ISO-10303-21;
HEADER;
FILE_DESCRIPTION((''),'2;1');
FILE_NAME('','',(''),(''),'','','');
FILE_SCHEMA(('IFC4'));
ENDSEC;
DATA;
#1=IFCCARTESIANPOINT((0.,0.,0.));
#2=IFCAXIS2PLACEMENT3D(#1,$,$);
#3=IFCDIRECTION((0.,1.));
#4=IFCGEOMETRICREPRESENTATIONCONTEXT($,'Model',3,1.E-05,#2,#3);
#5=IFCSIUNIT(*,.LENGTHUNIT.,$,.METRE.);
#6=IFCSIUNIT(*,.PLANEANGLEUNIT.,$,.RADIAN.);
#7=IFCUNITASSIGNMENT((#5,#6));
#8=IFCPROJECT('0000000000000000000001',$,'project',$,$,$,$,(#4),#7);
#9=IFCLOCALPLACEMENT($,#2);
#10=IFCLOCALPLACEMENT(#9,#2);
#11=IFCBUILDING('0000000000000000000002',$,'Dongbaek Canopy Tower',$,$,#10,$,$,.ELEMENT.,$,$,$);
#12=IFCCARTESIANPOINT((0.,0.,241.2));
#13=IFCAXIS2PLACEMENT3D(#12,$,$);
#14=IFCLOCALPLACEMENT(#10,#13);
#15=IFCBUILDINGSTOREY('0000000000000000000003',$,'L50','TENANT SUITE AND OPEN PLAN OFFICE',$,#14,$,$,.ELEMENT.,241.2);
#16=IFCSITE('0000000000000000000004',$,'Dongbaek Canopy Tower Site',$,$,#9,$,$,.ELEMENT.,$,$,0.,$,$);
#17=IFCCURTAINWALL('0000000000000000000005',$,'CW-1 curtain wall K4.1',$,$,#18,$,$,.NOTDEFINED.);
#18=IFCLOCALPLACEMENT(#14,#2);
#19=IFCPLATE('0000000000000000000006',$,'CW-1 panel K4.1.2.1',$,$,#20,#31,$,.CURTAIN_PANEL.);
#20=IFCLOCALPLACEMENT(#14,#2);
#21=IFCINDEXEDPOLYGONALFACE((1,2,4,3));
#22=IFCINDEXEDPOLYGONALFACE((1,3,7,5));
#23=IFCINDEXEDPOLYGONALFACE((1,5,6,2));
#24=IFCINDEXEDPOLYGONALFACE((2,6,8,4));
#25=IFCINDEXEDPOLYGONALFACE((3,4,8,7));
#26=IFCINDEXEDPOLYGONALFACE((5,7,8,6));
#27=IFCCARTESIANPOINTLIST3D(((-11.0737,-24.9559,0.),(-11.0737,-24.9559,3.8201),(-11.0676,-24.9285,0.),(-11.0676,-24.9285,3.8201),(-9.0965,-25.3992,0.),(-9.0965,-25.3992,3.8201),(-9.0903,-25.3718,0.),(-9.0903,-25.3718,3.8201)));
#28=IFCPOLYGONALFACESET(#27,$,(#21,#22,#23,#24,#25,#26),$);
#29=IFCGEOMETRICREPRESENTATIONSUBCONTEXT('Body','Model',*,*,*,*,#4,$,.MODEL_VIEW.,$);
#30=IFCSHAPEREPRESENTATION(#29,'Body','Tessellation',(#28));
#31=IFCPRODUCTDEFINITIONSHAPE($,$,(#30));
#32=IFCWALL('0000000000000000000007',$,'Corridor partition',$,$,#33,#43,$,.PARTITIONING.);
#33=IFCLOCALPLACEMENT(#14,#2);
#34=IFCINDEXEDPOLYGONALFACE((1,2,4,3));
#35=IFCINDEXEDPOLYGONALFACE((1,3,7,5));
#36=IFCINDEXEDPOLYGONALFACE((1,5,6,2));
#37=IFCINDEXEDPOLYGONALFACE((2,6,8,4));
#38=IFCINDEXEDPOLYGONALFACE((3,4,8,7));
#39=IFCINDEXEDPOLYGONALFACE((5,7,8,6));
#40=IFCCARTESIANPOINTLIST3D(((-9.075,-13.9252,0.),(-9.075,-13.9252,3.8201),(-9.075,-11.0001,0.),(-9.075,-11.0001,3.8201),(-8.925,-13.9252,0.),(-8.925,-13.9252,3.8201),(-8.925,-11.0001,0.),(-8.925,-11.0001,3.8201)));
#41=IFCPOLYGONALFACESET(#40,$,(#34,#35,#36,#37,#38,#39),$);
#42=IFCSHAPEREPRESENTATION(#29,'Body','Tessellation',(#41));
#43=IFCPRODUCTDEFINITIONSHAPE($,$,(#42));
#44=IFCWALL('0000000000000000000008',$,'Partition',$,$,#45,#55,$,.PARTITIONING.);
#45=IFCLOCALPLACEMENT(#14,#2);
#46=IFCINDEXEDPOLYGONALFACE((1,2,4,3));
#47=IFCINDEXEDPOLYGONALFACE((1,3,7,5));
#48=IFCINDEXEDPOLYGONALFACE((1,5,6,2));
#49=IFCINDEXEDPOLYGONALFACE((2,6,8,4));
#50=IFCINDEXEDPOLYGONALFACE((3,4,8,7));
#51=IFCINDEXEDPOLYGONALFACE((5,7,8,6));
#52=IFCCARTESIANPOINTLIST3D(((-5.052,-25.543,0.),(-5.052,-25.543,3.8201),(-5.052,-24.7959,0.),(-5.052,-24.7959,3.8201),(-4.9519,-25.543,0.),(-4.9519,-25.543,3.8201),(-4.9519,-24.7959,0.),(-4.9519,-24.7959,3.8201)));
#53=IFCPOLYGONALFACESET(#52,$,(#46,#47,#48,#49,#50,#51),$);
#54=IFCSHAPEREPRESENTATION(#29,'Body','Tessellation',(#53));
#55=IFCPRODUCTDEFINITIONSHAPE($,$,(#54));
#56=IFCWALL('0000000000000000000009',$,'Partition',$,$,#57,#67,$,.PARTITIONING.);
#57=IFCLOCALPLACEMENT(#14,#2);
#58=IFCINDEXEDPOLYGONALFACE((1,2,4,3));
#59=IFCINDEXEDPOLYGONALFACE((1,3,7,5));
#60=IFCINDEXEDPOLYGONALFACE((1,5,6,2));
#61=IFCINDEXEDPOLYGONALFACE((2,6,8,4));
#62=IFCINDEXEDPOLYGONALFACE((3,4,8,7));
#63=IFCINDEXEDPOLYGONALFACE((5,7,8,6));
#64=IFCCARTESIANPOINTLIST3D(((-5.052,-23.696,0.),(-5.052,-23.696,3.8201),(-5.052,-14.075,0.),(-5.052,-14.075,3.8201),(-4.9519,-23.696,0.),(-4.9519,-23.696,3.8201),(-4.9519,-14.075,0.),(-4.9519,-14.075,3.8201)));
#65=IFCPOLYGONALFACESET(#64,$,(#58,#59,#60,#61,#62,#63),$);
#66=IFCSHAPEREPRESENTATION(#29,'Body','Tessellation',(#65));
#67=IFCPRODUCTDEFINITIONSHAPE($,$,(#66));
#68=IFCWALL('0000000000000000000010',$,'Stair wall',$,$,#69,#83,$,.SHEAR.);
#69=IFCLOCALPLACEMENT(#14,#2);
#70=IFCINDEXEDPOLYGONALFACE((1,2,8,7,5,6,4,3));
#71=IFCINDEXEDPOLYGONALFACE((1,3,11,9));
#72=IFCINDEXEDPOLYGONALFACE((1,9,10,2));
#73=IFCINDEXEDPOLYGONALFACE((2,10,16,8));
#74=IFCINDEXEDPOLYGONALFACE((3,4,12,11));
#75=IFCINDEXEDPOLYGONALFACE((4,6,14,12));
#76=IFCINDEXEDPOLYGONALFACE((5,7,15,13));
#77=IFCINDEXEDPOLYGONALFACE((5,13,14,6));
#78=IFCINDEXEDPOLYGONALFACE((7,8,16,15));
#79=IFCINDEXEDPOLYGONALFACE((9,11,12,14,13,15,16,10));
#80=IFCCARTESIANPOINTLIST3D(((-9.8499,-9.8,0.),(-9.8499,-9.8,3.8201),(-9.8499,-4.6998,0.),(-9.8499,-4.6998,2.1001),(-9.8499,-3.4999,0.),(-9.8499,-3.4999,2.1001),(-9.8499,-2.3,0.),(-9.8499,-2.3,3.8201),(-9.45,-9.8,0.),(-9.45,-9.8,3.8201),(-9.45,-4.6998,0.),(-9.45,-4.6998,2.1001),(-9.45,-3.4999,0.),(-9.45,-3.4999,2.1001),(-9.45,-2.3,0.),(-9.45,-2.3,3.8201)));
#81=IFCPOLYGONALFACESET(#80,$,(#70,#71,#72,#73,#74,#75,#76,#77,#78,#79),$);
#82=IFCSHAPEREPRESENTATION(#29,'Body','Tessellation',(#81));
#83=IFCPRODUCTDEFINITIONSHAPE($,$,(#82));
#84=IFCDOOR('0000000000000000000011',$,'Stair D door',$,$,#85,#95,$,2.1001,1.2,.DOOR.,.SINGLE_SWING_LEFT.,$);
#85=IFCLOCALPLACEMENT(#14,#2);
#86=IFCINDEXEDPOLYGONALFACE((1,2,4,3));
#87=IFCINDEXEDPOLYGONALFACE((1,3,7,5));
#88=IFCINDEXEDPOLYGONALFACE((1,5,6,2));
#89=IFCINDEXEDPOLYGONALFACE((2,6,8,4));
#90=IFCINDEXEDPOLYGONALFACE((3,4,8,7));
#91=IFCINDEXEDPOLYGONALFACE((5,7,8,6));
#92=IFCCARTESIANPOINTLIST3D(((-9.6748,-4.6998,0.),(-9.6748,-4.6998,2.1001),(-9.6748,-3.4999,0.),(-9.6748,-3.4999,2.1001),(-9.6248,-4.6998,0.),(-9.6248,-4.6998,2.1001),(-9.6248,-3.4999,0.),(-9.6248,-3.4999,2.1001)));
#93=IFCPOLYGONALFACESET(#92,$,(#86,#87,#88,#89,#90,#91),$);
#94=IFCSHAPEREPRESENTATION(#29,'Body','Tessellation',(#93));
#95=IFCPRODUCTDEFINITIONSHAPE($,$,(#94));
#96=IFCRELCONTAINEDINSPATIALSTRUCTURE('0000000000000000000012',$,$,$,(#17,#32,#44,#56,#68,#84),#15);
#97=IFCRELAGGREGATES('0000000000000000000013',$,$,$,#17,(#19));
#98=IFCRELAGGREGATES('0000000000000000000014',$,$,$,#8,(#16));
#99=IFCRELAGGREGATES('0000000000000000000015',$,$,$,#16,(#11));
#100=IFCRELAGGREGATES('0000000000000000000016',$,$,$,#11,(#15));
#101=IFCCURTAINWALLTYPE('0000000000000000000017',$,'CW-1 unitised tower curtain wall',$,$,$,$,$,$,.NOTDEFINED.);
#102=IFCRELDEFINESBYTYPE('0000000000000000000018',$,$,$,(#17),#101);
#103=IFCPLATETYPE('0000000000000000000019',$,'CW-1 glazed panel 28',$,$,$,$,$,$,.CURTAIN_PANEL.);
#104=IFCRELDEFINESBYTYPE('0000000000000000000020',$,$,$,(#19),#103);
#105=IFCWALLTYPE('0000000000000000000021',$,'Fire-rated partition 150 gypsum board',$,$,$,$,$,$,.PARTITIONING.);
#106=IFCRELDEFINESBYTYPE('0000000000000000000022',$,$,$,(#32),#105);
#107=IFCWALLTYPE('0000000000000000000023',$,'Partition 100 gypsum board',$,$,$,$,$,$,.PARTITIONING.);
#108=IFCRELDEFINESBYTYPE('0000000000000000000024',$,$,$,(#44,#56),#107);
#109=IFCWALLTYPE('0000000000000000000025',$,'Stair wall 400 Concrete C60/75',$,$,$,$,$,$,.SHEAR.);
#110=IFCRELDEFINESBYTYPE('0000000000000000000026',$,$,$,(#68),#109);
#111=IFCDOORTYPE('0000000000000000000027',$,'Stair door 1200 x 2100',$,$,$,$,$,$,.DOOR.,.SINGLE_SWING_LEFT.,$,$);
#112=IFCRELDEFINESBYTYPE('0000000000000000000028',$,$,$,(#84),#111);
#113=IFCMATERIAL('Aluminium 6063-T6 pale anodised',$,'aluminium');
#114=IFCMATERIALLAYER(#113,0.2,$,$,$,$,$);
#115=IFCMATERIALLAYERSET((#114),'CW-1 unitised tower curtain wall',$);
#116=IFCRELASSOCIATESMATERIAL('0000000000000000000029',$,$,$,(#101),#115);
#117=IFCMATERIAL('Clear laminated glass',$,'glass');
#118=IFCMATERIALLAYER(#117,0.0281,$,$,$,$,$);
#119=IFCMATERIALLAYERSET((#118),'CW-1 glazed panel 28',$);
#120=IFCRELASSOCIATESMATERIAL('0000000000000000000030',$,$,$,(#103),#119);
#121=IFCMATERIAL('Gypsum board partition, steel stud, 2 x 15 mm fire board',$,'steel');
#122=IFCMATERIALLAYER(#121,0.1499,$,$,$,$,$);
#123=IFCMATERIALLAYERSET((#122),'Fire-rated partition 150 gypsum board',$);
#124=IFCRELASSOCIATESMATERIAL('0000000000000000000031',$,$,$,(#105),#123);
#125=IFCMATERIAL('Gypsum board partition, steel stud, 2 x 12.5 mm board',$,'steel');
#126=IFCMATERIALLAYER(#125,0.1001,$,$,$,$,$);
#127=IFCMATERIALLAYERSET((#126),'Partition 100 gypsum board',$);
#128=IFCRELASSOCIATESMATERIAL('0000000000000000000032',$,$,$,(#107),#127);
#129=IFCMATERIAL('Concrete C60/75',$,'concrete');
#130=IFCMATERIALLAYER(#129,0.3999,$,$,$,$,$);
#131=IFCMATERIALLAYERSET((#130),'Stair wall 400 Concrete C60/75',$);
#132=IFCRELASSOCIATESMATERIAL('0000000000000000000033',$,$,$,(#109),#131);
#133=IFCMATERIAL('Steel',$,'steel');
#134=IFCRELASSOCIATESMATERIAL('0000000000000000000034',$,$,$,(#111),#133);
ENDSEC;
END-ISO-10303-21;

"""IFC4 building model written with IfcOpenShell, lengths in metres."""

from ifc_helpers import new_model, si_unit, direction, frame, frame_2d, origin, origin_2d, place, context, subcontext, project, spatial, rectangle, extrude, material, layer, layer_set, type_object, element, fill, aggregate, save


model = new_model("IFC4")

# Units and contexts
model_context = context("Model", 3, precision=1e-05, world=origin(), true_north=direction((0.0, 1.0)))
body_context = subcontext(model_context, "Body", "Model", "MODEL_VIEW")
ifc_project = project(units=[si_unit("LENGTHUNIT", "METRE"), si_unit("PLANEANGLEUNIT", "RADIAN")], contexts=[model_context])

# Site, building, storey
site_placement = place(None, origin())
site = spatial("IfcSite", under=ifc_project, at=site_placement, Name="Dongbaek Canopy Tower Site", CompositionType="ELEMENT", RefElevation=0.0)
building_placement = place(site_placement, origin())
building = spatial("IfcBuilding", under=site, at=building_placement, Name="Dongbaek Canopy Tower", CompositionType="ELEMENT")
storey_placement = place(building_placement, frame((0.0, 0.0, 241.2)))
storey = spatial("IfcBuildingStorey", under=building, at=storey_placement, Name="L50", Description="TENANT SUITE AND OPEN PLAN OFFICE", CompositionType="ELEMENT", Elevation=241.2)

# Curtain wall
ifc_material_1 = material(Name="Aluminium 6063-T6 pale anodised", Category="aluminium")
ifc_layer_1 = layer(ifc_material_1, 0.2)
ifc_layer_set_1 = layer_set([ifc_layer_1], Name="CW-1 unitised tower curtain wall")
curtain_wall_type = type_object("IfcCurtainWallType", Name="CW-1 unitised tower curtain wall", PredefinedType="NOTDEFINED", material=ifc_layer_set_1)
curtain_wall_placement = place(storey_placement, origin())
curtain_wall = element("IfcCurtainWall", 1, at=curtain_wall_placement, inside=storey, type_object=curtain_wall_type, Name="CW-1 curtain wall K4.1", PredefinedType="NOTDEFINED")

# Plate
ifc_material_2 = material(Name="Clear laminated glass", Category="glass")
ifc_layer_2 = layer(ifc_material_2, 0.0281)
ifc_layer_set_2 = layer_set([ifc_layer_2], Name="CW-1 glazed panel 28")
plate_type = type_object("IfcPlateType", Name="CW-1 glazed panel 28", PredefinedType="CURTAIN_PANEL", material=ifc_layer_set_2)
plate_1_placement = place(storey_placement, frame((-10.082, -25.1638, 0.0), z_axis=(0.0, 0.0, 1.0), x_axis=(0.975774, -0.218779, 0.0)))
plate_1 = element("IfcPlate", 2, at=plate_1_placement, type_object=plate_type, Name="CW-1 panel K4.1.2.1", PredefinedType="CURTAIN_PANEL", context=body_context, shape_type="SweptSolid", body=[
    extrude(rectangle(XDim=2.0264, YDim=0.0281, at=origin_2d()), origin(), (0.0, 0.0, 1.0), 3.8201),
])
aggregate(curtain_wall, [plate_1])

# Walls
ifc_material_3 = material(Name="Gypsum board partition, steel stud, 2 x 15 mm fire board", Category="steel")
ifc_layer_3 = layer(ifc_material_3, 0.1499)
ifc_layer_set_3 = layer_set([ifc_layer_3], Name="Fire-rated partition 150 gypsum board")
wall_type_1 = type_object("IfcWallType", Name="Fire-rated partition 150 gypsum board", PredefinedType="PARTITIONING", material=ifc_layer_set_3)
wall_1_placement = place(storey_placement, frame((-9.0, -13.925, 0.0), z_axis=(0.0, 0.0, 1.0), x_axis=(0.0, 1.0, 0.0)))
element("IfcWall", 3, at=wall_1_placement, inside=storey, type_object=wall_type_1, Name="Corridor partition", PredefinedType="PARTITIONING", context=body_context, shape_type="SweptSolid", body=[
    extrude(rectangle(XDim=2.925, YDim=0.1499, at=frame_2d((1.4624, 0.0))), origin(), (0.0, 0.0, 1.0), 3.8201),
])
ifc_material_4 = material(Name="Gypsum board partition, steel stud, 2 x 12.5 mm board", Category="steel")
ifc_layer_4 = layer(ifc_material_4, 0.1001)
ifc_layer_set_4 = layer_set([ifc_layer_4], Name="Partition 100 gypsum board")
wall_type_2 = type_object("IfcWallType", Name="Partition 100 gypsum board", PredefinedType="PARTITIONING", material=ifc_layer_set_4)
wall_2_placement = place(storey_placement, frame((-5.002, -25.543, 0.0), z_axis=(0.0, 0.0, 1.0), x_axis=(0.0, 1.0, 0.0)))
element("IfcWall", 4, at=wall_2_placement, inside=storey, type_object=wall_type_2, Name="Partition", PredefinedType="PARTITIONING", context=body_context, shape_type="SweptSolid", body=[
    extrude(rectangle(XDim=0.7471, YDim=0.1001, at=frame_2d((0.3735, 0.0))), origin(), (0.0, 0.0, 1.0), 3.8201),
])
wall_3_placement = place(storey_placement, frame((-5.002, -23.696, 0.0), z_axis=(0.0, 0.0, 1.0), x_axis=(0.0, 1.0, 0.0)))
element("IfcWall", 5, at=wall_3_placement, inside=storey, type_object=wall_type_2, Name="Partition", PredefinedType="PARTITIONING", context=body_context, shape_type="SweptSolid", body=[
    extrude(rectangle(XDim=9.6211, YDim=0.1001, at=frame_2d((4.8105, 0.0))), origin(), (0.0, 0.0, 1.0), 3.8201),
])

# Wall, opening, door
ifc_material_5 = material(Name="Concrete C60/75", Category="concrete")
ifc_layer_5 = layer(ifc_material_5, 0.3999)
ifc_layer_set_5 = layer_set([ifc_layer_5], Name="Stair wall 400 Concrete C60/75")
wall_type_3 = type_object("IfcWallType", Name="Stair wall 400 Concrete C60/75", PredefinedType="SHEAR", material=ifc_layer_set_5)
wall_4_placement = place(storey_placement, frame((-9.6499, -9.8, 0.0), z_axis=(0.0, 0.0, 1.0), x_axis=(0.0, 1.0, 0.0)))
wall_4 = element("IfcWall", 6, at=wall_4_placement, inside=storey, type_object=wall_type_3, Name="Stair wall", PredefinedType="SHEAR", context=body_context, shape_type="SweptSolid", body=[
    extrude(rectangle(XDim=7.5, YDim=0.3999, at=frame_2d((3.75, 0.0))), origin(), (0.0, 0.0, 1.0), 3.8201),
])
opening_1_placement = place(wall_4_placement, frame((5.1001, 0.0, 0.0)))
opening_1 = element("IfcOpeningElement", 7, at=opening_1_placement, cuts=wall_4, PredefinedType="OPENING", context=body_context, shape_type="SweptSolid", body=[
    extrude(rectangle(XDim=1.2, YDim=2.1001, at=frame_2d((0.6001, 1.05))), frame((0.0, 0.21, 0.0), z_axis=(0.0, -1.0, 0.0), x_axis=(1.0, 0.0, 0.0)), (0.0, 0.0, 1.0), 0.4199),
])
ifc_material_6 = material(Name="Steel", Category="steel")
door_type_1 = type_object("IfcDoorType", Name="Stair door 1200 x 2100", OperationType="SINGLE_SWING_LEFT", PredefinedType="DOOR", material=ifc_material_6)
door_1_placement = place(opening_1_placement, origin())
door_1 = element("IfcDoor", 8, at=door_1_placement, inside=storey, type_object=door_type_1, Name="Stair D door", OperationType="SINGLE_SWING_LEFT", OverallHeight=2.1001, OverallWidth=1.2, PredefinedType="DOOR", context=body_context, shape_type="SweptSolid", body=[
    extrude(rectangle(XDim=1.2, YDim=2.1001, at=frame_2d((0.6001, 1.05))), frame((0.0, 0.0249, 0.0), z_axis=(0.0, -1.0, 0.0), x_axis=(1.0, 0.0, 0.0)), (0.0, 0.0, 1.0), 0.05),
])
fill(opening_1, door_1)

save(model, "model.ifc")
